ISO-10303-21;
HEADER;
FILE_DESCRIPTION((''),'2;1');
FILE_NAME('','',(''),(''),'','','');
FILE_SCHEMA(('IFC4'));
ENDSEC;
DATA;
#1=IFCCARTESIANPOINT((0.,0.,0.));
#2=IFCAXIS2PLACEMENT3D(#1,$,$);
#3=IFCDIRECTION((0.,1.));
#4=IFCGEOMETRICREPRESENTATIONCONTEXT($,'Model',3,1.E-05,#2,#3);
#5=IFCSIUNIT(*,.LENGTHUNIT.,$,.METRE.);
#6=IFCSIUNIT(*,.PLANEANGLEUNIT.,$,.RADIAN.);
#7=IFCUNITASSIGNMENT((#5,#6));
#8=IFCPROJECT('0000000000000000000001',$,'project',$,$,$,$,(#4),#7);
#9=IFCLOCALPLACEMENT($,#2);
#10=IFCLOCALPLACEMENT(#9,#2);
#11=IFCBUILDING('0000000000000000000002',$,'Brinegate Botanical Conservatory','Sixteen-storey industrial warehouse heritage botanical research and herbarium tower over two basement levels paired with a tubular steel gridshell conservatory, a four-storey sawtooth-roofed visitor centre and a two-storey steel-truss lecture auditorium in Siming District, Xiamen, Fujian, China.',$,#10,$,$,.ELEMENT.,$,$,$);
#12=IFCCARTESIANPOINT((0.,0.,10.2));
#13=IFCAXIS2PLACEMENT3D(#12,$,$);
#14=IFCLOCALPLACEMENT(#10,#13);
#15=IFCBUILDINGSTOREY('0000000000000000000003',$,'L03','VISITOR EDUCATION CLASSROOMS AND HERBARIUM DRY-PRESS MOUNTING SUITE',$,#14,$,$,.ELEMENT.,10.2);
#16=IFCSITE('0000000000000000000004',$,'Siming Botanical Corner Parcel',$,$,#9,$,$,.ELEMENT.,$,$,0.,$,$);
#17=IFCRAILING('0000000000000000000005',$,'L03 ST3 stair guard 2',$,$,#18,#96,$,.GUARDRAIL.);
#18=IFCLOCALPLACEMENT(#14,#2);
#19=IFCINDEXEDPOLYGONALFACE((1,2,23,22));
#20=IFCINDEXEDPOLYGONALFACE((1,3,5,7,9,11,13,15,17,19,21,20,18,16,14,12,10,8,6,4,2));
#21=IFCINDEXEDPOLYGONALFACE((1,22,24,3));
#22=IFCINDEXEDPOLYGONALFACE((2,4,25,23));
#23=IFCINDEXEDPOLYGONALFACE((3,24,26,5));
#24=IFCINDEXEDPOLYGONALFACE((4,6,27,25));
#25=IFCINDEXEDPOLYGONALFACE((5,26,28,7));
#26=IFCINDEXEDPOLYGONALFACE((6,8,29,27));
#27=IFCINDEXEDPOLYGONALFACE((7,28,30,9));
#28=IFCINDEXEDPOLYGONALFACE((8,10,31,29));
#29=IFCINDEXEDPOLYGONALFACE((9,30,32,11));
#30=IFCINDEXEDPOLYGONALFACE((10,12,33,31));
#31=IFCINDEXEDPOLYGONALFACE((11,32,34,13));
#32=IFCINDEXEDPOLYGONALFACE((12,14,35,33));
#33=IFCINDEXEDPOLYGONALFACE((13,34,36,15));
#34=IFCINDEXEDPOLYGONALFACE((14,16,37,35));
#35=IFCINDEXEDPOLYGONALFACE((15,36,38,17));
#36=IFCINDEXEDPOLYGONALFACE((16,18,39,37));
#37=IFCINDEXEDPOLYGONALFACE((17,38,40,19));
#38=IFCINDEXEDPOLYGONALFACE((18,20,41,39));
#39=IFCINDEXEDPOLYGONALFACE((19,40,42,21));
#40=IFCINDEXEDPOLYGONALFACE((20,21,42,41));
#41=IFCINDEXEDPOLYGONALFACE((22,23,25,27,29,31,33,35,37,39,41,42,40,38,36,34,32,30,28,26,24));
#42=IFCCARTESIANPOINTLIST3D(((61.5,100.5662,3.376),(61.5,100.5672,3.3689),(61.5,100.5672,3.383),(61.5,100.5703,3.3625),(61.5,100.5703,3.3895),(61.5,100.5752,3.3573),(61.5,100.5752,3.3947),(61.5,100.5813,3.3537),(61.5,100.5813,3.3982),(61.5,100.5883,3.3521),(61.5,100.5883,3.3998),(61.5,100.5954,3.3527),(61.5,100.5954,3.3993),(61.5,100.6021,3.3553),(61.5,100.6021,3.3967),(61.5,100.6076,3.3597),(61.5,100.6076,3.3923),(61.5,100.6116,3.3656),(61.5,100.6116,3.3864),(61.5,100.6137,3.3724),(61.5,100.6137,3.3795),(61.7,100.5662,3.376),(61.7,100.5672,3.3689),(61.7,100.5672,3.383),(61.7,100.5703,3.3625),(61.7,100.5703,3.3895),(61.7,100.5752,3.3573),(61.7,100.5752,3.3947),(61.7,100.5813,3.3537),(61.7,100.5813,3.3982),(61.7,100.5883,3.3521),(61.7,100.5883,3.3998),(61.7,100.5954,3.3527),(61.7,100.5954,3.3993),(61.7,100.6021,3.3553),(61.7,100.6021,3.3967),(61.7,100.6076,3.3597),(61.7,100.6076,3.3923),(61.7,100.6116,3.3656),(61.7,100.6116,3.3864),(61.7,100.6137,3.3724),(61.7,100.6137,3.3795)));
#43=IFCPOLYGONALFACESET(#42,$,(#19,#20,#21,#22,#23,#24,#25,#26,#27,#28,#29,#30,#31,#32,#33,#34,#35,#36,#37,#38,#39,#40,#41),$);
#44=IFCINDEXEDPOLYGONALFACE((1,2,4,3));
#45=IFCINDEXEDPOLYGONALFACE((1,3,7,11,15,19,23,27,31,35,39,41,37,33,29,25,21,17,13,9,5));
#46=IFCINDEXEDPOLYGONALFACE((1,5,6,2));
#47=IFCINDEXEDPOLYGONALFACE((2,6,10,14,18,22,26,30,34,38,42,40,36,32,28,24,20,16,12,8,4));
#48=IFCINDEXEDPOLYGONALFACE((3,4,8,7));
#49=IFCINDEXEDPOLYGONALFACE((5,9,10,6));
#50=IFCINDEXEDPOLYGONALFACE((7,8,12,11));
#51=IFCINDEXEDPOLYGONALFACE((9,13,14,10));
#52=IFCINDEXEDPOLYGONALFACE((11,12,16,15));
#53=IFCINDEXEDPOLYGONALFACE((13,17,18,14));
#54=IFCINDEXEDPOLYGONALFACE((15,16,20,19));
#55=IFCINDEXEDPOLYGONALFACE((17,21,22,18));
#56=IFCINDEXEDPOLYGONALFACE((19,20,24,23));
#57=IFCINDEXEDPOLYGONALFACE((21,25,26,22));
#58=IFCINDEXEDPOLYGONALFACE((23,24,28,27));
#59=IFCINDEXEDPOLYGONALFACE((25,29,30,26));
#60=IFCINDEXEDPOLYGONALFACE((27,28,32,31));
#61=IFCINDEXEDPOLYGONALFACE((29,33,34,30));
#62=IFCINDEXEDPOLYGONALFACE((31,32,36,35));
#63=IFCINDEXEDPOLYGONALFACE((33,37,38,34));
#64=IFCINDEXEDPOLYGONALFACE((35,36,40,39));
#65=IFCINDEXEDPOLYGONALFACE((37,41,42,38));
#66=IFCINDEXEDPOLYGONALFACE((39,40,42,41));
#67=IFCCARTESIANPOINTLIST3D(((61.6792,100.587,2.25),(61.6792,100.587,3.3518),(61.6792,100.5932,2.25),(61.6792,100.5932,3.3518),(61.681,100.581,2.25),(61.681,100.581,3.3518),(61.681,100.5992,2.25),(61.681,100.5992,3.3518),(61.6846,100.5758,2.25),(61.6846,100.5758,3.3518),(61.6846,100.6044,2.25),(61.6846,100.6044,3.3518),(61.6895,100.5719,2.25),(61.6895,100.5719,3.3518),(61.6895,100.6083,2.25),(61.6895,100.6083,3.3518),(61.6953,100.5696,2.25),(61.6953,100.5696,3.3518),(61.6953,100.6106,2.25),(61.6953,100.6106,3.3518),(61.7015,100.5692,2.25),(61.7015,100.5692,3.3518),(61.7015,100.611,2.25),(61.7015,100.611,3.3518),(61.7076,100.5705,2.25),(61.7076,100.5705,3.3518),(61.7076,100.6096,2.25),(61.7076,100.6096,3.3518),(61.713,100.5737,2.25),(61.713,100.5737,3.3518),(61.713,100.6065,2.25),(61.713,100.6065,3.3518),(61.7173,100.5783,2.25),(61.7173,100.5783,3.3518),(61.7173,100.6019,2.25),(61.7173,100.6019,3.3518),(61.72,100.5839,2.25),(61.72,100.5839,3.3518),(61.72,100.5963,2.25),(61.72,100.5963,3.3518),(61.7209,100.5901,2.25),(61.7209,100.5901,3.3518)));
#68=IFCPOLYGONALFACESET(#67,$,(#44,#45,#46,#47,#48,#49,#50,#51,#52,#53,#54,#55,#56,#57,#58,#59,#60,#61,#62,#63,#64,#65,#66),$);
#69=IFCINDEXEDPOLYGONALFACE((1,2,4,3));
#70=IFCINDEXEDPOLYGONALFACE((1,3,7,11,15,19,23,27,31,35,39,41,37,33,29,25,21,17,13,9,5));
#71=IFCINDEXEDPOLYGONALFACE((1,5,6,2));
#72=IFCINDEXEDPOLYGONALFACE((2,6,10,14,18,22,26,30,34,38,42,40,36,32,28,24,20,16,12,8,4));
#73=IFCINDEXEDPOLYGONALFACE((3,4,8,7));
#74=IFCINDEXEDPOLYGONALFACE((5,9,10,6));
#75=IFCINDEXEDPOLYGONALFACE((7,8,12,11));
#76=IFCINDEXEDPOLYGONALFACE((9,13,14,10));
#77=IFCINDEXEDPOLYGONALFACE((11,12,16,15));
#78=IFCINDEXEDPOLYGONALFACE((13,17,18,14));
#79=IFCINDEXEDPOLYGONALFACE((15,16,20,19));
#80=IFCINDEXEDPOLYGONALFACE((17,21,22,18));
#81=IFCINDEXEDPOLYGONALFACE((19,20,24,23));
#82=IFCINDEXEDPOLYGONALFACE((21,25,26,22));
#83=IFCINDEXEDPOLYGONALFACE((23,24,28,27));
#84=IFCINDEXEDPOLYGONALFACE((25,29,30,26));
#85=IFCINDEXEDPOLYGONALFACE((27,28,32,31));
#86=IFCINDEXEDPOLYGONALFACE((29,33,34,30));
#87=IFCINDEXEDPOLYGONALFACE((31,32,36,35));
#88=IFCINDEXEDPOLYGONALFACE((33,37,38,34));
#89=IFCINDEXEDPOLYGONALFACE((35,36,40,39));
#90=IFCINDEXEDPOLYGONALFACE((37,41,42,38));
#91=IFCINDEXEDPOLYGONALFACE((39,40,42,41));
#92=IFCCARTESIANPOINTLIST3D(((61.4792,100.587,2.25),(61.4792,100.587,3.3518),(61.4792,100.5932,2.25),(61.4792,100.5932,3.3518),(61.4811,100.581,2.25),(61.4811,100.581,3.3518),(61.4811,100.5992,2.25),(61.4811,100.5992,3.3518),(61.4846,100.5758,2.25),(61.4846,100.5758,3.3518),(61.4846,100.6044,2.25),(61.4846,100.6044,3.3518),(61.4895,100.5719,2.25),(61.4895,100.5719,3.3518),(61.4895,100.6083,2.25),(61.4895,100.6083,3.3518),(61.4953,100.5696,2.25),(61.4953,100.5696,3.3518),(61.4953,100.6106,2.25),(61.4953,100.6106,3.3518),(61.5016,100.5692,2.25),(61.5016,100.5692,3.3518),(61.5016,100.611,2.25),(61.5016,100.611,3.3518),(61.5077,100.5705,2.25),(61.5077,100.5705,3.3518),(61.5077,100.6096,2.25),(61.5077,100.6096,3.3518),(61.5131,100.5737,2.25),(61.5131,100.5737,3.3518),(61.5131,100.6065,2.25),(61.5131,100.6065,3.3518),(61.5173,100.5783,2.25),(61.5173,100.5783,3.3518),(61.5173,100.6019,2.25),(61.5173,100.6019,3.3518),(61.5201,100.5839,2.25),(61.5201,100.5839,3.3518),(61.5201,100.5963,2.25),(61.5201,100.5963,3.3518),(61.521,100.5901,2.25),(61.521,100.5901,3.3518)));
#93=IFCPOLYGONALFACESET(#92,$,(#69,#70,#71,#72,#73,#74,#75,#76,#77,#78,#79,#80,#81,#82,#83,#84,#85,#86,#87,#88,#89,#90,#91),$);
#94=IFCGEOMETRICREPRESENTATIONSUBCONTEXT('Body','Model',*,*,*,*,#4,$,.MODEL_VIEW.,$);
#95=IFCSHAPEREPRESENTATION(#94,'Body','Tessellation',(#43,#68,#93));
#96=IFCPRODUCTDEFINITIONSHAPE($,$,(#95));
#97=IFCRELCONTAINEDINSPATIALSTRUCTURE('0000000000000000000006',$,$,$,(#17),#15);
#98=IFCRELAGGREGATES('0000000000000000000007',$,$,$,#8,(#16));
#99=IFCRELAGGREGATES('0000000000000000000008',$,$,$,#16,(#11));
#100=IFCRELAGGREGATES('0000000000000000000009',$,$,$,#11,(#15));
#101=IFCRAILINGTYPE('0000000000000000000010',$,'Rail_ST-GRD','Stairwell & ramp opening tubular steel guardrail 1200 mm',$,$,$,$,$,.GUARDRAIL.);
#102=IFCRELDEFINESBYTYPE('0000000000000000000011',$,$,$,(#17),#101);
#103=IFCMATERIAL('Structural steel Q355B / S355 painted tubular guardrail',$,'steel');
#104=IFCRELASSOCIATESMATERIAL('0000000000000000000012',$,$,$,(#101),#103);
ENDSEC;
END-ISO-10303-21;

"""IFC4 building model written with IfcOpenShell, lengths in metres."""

from ifc_helpers import new_model, si_unit, direction, frame, origin, origin_2d, place, context, subcontext, project, spatial, circle, extrude, material, type_object, element, save


model = new_model("IFC4")

# Units and contexts
model_context = context("Model", 3, precision=1e-05, world=origin(), true_north=direction((0.0, 1.0)))
body_context = subcontext(model_context, "Body", "Model", "MODEL_VIEW")
ifc_project = project(units=[si_unit("LENGTHUNIT", "METRE"), si_unit("PLANEANGLEUNIT", "RADIAN")], contexts=[model_context])

# Site, building, storey
site_placement = place(None, origin())
site = spatial("IfcSite", under=ifc_project, at=site_placement, Name="Siming Botanical Corner Parcel", CompositionType="ELEMENT", RefElevation=0.0)
building_placement = place(site_placement, origin())
building = spatial("IfcBuilding", under=site, at=building_placement, Name="Brinegate Botanical Conservatory", Description="Sixteen-storey industrial warehouse heritage botanical research and herbarium tower over two basement levels paired with a tubular steel gridshell conservatory, a four-storey sawtooth-roofed visitor centre and a two-storey steel-truss lecture auditorium in Siming District, Xiamen, Fujian, China.", CompositionType="ELEMENT")
storey_placement = place(building_placement, frame((0.0, 0.0, 10.2)))
storey = spatial("IfcBuildingStorey", under=building, at=storey_placement, Name="L03", Description="VISITOR EDUCATION CLASSROOMS AND HERBARIUM DRY-PRESS MOUNTING SUITE", CompositionType="ELEMENT", Elevation=10.2)

# Railing
ifc_material_1 = material(Name="Structural steel Q355B / S355 painted tubular guardrail", Category="steel")
railing_type_1 = type_object("IfcRailingType", Name="Rail_ST-GRD", Description="Stairwell & ramp opening tubular steel guardrail 1200 mm", PredefinedType="GUARDRAIL", material=ifc_material_1)
railing_1_placement = place(storey_placement, frame((61.7, 100.5901, 2.25)))
element("IfcRailing", 1, at=railing_1_placement, inside=storey, type_object=railing_type_1, Name="L03 ST3 stair guard 2", PredefinedType="GUARDRAIL", context=body_context, shape_type="SweptSolid", body=[
    extrude(circle(Radius=0.0239, at=origin_2d()), frame((0.0, 0.0, 1.126), z_axis=(-1.0, 0.0, 0.0), x_axis=(0.0, -1.0, 0.0)), (0.0, 0.0, 1.0), 0.2),
    extrude(circle(Radius=0.021, at=origin_2d()), origin(), (0.0, 0.0, 1.0), 1.1018),
    extrude(circle(Radius=0.021, at=origin_2d()), frame((-0.2, 0.0, 0.0)), (0.0, 0.0, 1.0), 1.1018),
])

save(model, "model.ifc")
